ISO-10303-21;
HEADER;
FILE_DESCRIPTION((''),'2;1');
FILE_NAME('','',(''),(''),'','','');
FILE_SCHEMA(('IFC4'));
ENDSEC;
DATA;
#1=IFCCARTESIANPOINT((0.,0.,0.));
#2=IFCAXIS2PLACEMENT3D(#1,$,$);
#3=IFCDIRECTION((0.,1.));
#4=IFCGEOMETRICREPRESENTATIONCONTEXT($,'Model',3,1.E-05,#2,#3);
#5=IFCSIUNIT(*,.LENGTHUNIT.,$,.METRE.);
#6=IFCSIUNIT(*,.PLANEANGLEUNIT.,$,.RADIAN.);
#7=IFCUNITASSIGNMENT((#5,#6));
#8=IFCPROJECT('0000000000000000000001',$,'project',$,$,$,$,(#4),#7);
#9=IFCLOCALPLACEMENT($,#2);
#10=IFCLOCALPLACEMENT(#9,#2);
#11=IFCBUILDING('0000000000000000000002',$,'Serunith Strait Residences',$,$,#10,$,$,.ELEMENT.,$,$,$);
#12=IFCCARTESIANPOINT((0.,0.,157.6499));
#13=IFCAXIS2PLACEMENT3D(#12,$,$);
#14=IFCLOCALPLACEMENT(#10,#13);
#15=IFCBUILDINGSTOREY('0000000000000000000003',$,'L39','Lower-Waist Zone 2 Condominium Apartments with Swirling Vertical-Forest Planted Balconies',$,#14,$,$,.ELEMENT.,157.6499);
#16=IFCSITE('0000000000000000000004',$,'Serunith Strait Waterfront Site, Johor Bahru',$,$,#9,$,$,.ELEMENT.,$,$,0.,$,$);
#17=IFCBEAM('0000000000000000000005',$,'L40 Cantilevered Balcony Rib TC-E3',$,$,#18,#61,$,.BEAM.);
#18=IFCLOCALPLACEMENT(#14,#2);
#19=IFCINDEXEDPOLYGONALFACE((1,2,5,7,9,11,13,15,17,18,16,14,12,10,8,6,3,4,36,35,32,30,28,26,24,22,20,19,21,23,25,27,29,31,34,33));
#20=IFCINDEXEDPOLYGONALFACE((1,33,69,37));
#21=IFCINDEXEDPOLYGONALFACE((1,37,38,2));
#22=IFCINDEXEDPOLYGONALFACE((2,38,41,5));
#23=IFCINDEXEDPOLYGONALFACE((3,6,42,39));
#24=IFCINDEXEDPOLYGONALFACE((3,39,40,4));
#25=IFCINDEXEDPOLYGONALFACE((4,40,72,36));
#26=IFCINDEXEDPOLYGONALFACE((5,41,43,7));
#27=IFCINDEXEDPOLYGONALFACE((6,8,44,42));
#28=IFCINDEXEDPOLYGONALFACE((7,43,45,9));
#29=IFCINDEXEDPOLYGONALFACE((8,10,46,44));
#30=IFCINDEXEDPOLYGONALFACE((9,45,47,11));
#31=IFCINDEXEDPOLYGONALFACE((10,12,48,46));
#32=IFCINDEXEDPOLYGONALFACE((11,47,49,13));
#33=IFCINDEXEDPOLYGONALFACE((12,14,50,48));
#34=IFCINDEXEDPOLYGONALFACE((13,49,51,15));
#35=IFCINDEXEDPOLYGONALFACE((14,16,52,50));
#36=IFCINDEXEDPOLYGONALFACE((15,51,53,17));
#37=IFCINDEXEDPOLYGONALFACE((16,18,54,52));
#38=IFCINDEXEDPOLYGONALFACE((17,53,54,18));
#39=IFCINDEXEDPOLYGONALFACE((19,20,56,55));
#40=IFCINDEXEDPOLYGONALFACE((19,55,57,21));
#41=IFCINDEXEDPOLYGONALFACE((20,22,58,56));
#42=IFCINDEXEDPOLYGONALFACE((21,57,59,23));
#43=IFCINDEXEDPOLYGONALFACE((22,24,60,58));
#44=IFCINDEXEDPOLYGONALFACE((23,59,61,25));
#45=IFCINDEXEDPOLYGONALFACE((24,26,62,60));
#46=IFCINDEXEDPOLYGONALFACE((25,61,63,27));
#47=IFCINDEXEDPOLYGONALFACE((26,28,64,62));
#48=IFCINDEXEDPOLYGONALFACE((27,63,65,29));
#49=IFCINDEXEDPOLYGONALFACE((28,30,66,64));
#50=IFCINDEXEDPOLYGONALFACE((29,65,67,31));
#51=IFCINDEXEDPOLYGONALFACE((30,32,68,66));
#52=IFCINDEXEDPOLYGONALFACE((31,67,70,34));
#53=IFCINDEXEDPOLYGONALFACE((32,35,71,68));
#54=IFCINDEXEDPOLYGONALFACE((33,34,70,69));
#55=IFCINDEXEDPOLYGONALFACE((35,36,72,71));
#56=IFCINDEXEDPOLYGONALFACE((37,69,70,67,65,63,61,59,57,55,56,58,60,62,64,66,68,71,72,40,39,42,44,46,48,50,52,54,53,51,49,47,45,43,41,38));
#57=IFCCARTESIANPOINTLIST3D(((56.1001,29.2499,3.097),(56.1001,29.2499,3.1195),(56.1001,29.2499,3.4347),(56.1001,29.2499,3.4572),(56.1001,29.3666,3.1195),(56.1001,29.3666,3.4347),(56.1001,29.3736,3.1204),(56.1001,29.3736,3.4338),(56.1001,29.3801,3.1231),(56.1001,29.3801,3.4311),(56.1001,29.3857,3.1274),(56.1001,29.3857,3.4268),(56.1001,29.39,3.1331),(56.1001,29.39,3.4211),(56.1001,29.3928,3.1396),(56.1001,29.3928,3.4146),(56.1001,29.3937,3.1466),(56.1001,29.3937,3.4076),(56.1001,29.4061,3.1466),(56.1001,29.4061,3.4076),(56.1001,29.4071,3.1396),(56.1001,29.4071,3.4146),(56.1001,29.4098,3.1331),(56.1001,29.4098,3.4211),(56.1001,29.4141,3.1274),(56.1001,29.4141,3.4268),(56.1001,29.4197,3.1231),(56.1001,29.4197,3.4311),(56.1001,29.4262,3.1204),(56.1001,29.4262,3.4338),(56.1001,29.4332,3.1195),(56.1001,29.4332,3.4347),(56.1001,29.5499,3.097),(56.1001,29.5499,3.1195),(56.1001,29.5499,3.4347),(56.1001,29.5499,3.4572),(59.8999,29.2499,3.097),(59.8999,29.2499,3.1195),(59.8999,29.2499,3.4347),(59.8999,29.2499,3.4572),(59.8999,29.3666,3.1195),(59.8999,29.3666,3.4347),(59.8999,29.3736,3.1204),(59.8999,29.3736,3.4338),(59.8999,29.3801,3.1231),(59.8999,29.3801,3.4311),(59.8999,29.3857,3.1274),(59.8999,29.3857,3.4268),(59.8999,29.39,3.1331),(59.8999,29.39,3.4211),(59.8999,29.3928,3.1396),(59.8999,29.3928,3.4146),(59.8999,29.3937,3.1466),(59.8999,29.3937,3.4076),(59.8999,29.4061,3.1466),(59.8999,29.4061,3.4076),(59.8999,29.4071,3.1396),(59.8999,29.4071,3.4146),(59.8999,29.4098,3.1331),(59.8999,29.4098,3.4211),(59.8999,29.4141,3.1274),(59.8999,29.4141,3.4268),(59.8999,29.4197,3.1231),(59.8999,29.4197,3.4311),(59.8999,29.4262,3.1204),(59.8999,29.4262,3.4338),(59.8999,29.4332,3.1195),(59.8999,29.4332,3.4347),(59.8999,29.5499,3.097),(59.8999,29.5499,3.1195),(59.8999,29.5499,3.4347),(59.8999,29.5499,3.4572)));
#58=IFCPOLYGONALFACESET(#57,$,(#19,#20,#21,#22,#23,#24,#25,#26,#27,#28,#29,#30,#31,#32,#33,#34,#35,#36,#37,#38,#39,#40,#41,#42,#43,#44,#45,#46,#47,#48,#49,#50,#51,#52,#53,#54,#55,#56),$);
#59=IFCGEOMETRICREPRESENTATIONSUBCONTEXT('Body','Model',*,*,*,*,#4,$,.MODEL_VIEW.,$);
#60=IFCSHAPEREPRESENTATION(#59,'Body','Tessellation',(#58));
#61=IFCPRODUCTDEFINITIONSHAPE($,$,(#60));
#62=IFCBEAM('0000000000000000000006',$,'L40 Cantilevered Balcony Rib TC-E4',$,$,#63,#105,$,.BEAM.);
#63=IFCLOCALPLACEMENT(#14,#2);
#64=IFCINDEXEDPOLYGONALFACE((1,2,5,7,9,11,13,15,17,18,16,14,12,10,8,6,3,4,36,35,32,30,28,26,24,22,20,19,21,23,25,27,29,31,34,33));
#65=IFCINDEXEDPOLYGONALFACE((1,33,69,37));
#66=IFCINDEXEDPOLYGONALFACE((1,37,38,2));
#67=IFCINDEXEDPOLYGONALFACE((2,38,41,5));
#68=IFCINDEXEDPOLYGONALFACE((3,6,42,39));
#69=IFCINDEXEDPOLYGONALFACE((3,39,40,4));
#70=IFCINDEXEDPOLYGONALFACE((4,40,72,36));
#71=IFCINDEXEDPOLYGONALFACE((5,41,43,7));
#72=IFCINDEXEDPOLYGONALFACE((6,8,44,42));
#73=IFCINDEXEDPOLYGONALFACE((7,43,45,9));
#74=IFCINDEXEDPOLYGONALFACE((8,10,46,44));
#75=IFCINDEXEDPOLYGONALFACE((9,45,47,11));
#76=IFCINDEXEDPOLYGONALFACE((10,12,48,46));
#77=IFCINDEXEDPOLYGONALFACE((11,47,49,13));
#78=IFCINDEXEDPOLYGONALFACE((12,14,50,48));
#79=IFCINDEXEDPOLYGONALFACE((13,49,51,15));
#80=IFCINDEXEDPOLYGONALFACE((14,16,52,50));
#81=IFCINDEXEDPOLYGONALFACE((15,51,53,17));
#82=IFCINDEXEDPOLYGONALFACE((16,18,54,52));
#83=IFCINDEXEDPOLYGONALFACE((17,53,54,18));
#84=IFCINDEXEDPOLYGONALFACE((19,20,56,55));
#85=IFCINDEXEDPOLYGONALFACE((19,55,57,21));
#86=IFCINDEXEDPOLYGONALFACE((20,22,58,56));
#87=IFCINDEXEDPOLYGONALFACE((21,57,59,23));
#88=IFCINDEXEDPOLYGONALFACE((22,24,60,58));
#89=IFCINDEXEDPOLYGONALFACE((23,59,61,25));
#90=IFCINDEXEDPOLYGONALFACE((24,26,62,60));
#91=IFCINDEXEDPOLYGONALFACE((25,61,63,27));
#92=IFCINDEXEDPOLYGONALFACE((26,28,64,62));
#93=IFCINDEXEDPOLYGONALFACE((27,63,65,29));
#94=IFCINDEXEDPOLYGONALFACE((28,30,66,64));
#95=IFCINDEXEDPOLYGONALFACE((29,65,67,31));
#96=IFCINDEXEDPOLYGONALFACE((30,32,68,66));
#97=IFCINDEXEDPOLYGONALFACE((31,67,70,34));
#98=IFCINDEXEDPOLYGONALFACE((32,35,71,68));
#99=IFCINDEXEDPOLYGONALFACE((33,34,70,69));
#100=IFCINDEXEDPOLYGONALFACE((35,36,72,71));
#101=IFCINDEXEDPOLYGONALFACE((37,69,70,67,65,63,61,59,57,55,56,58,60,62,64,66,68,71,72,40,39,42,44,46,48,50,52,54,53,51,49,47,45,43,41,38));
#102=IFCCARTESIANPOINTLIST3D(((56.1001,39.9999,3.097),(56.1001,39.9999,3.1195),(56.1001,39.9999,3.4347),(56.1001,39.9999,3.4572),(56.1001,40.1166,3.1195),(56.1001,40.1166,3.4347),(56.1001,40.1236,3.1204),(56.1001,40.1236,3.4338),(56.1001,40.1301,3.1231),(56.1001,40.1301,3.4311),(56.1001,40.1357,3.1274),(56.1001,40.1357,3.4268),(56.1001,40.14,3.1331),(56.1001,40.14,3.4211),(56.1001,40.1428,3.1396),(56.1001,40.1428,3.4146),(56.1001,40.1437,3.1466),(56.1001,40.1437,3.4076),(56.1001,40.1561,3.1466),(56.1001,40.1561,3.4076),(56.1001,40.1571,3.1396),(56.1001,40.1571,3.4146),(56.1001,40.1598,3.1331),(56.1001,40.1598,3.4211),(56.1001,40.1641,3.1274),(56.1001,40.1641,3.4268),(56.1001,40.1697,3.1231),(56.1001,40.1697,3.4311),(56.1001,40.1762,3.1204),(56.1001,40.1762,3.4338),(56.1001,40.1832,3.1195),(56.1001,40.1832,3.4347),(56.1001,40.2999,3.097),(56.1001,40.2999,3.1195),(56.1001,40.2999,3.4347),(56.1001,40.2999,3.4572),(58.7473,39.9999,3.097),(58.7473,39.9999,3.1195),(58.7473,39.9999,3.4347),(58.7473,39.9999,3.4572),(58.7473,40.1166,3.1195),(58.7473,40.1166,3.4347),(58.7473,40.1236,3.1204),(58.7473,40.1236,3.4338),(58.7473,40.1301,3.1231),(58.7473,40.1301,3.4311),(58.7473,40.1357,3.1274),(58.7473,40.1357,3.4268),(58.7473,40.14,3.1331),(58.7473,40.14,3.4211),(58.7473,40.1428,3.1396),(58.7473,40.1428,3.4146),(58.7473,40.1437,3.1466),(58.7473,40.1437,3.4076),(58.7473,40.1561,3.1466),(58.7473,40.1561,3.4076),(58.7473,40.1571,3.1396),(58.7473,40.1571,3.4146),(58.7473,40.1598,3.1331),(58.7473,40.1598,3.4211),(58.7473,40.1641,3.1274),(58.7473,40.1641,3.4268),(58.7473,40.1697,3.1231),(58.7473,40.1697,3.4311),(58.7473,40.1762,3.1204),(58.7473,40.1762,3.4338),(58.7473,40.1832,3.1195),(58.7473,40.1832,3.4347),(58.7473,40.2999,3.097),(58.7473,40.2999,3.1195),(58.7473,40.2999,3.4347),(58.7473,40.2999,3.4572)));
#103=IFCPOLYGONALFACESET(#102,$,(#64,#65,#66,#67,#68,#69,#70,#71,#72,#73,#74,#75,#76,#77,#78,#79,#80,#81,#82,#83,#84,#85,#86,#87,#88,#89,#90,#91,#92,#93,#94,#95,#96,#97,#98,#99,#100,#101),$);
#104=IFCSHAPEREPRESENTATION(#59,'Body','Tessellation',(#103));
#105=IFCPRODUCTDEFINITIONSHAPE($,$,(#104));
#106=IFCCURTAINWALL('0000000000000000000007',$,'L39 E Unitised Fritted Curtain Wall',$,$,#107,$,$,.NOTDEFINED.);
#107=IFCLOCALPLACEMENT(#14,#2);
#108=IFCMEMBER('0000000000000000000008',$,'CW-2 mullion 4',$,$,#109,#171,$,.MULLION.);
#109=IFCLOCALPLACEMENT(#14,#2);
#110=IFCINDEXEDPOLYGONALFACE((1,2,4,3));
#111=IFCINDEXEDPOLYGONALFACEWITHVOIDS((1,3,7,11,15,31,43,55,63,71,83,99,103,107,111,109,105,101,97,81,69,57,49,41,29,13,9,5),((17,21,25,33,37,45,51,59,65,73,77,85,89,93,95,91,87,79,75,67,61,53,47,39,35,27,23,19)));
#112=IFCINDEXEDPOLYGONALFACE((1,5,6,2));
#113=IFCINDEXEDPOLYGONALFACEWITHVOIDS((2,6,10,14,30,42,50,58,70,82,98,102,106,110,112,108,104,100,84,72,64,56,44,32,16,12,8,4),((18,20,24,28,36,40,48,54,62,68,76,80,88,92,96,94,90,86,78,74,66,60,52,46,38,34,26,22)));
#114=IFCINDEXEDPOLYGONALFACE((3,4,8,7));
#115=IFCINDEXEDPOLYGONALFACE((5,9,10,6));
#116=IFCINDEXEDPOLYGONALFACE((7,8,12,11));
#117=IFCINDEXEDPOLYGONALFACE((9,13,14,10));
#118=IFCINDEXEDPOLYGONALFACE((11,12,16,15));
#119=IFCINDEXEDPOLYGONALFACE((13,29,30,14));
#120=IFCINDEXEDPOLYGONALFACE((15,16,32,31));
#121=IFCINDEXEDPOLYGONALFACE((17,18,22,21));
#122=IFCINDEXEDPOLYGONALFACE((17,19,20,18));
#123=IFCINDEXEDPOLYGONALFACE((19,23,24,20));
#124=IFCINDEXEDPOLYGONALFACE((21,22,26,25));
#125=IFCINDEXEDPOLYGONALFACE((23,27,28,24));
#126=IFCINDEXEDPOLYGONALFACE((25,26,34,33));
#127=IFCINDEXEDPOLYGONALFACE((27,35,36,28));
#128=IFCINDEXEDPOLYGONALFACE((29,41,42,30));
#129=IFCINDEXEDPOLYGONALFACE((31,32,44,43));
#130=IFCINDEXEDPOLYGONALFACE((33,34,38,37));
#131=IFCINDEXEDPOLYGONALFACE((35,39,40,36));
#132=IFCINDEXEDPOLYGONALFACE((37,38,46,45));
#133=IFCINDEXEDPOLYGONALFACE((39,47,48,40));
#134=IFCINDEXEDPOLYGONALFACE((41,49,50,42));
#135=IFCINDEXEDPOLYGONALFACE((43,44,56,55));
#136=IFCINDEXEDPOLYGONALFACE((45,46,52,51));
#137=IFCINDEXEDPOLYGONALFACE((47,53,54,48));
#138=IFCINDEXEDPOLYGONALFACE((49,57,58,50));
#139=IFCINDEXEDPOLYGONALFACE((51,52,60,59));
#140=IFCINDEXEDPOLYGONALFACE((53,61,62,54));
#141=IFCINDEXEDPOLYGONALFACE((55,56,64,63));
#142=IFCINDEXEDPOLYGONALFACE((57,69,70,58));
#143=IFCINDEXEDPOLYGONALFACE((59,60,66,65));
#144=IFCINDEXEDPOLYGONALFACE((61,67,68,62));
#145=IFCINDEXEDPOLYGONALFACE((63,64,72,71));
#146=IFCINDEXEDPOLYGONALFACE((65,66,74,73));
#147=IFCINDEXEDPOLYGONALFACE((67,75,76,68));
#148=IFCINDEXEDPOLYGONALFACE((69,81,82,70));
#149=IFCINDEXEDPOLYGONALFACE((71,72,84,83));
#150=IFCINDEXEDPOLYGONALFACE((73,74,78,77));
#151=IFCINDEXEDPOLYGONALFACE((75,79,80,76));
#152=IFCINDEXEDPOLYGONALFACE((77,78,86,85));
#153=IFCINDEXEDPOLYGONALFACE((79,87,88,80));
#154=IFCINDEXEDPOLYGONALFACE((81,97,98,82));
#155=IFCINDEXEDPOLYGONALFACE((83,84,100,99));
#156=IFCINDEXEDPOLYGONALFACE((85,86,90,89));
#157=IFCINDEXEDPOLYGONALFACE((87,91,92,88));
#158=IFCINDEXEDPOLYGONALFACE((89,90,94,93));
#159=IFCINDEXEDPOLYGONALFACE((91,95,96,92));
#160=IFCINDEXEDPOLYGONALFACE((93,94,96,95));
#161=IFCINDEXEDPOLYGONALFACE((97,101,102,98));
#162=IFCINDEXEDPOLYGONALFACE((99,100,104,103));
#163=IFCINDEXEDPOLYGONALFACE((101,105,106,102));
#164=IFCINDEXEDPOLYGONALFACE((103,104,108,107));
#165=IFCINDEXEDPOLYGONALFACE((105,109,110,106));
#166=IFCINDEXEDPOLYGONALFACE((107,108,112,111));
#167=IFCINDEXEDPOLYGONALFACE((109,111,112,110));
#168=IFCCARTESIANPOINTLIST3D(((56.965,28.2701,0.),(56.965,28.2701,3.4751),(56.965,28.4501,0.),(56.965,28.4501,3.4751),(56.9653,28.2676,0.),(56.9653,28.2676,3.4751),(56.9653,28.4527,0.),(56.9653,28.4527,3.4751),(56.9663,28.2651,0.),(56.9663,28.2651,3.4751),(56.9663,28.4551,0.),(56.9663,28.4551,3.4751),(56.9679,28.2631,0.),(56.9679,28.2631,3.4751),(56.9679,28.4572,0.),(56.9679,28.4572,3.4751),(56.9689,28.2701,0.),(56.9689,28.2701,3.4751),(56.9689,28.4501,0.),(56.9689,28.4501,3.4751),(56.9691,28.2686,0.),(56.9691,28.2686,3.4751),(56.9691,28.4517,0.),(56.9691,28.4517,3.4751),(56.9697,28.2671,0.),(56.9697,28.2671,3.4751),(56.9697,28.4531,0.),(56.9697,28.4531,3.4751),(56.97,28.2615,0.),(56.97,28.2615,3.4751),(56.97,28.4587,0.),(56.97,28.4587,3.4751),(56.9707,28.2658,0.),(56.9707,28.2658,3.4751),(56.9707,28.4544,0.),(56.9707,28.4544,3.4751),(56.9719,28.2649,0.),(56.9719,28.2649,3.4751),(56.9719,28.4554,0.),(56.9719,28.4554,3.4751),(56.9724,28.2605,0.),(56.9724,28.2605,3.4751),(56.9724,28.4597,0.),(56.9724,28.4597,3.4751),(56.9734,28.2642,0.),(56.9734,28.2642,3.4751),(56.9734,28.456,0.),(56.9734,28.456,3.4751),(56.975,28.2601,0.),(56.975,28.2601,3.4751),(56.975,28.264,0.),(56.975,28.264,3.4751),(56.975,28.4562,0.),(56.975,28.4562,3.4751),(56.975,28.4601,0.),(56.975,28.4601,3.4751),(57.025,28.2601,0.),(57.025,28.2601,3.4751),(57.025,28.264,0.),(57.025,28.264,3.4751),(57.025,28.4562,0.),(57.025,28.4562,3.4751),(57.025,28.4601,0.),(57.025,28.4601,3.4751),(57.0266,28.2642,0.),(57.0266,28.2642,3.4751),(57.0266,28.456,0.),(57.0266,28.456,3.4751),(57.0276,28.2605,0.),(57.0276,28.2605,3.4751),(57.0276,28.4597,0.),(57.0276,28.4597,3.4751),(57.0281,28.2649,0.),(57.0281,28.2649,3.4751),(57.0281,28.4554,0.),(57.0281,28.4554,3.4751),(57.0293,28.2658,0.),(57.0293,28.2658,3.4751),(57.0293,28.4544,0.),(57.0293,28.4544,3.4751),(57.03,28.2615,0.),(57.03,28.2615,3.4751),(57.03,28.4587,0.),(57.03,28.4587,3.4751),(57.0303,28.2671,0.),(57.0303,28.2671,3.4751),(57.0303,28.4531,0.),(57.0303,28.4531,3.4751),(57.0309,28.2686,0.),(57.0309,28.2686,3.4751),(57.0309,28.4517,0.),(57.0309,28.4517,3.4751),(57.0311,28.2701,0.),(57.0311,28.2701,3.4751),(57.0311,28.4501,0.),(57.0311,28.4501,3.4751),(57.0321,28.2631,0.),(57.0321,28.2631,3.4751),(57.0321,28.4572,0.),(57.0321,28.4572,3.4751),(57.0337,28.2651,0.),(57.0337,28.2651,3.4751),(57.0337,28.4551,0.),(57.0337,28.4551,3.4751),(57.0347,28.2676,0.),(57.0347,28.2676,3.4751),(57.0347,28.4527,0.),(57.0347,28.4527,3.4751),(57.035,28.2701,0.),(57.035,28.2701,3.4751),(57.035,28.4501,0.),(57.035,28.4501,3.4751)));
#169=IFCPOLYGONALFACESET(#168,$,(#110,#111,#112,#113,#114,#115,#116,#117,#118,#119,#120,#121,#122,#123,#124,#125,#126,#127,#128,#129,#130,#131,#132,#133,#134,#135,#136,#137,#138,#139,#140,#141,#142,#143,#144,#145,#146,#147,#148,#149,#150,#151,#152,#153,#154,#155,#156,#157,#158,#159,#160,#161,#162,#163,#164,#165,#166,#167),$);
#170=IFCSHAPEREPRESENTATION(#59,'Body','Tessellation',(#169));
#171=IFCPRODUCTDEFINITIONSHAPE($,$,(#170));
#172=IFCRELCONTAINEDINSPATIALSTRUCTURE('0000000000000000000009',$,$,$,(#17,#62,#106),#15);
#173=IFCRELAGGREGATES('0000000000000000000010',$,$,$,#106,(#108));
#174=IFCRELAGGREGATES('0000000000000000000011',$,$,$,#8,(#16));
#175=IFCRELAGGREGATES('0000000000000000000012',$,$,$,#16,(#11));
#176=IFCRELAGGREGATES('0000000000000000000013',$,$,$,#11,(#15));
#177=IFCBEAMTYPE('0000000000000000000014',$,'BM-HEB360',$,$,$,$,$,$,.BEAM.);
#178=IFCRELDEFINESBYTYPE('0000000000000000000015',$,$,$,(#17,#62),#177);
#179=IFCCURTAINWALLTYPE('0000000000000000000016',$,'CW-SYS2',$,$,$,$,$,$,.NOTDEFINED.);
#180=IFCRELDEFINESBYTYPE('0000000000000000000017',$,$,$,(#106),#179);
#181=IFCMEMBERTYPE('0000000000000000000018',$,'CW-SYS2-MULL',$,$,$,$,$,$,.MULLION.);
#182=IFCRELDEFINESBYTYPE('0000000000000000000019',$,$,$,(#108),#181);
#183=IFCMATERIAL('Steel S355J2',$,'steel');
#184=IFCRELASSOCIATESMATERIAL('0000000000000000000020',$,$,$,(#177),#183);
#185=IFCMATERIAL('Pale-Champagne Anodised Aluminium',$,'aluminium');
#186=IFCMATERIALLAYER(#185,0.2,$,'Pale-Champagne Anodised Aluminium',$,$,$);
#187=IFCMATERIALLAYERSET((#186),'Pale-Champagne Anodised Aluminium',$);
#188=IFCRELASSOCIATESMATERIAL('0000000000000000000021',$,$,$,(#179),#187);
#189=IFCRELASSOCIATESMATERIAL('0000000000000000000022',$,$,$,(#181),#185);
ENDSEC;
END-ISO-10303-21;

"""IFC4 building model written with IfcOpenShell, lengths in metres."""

from ifc_helpers import new_model, si_unit, direction, frame, origin, origin_2d, place, context, subcontext, project, spatial, hollow_rectangle, i_section, extrude, source, transform, mapped, material, layer, layer_set, material_profile, profile_set, type_object, element, aggregate, save


model = new_model("IFC4")

# Units and contexts
model_context = context("Model", 3, precision=1e-05, world=origin(), true_north=direction((0.0, 1.0)))
body_context = subcontext(model_context, "Body", "Model", "MODEL_VIEW")
ifc_project = project(units=[si_unit("LENGTHUNIT", "METRE"), si_unit("PLANEANGLEUNIT", "RADIAN")], contexts=[model_context])

# Site, building, storey
site_placement = place(None, origin())
site = spatial("IfcSite", under=ifc_project, at=site_placement, Name="Serunith Strait Waterfront Site, Johor Bahru", CompositionType="ELEMENT", RefElevation=0.0)
building_placement = place(site_placement, origin())
building = spatial("IfcBuilding", under=site, at=building_placement, Name="Serunith Strait Residences", CompositionType="ELEMENT")
storey_placement = place(building_placement, frame((0.0, 0.0, 157.6499)))
storey = spatial("IfcBuildingStorey", under=building, at=storey_placement, Name="L39", Description="Lower-Waist Zone 2 Condominium Apartments with Swirling Vertical-Forest Planted Balconies", CompositionType="ELEMENT", Elevation=157.6499)

# Beams
ifc_material_1 = material(Name="Steel S355J2", Category="steel")
ifc_material_profile_1 = material_profile(ifc_material_1, i_section(OverallWidth=0.3, OverallDepth=0.3601, WebThickness=0.0125, FlangeThickness=0.0225, FilletRadius=0.0271, at=origin_2d()), Name="HEB 360")
ifc_profile_set_1 = profile_set([ifc_material_profile_1], Name="Steel S355J2")
beam_type_1 = type_object("IfcBeamType", Name="BM-HEB360", PredefinedType="BEAM", material=ifc_profile_set_1)
shared_shape_1 = source(origin(), body_context, "Body", "SweptSolid", [
    extrude(i_section(OverallWidth=0.3, OverallDepth=0.3601, WebThickness=0.0125, FlangeThickness=0.0225, FilletRadius=0.0271, at=origin_2d()), origin(), (0.0, 0.0, 1.0), 3.7998),
])
beam_1_placement = place(storey_placement, frame((56.1001, 29.3999, 3.2771), z_axis=(1.0, 0.0, 0.0), x_axis=(0.0, 1.0, 0.0)))
element("IfcBeam", 1, at=beam_1_placement, inside=storey, type_object=beam_type_1, Name="L40 Cantilevered Balcony Rib TC-E3", PredefinedType="BEAM", context=body_context, shape_type="MappedRepresentation", body=[
    mapped(shared_shape_1, transform((0.0, 0.0, 0.0), scale=1.0)),
])
shared_shape_2 = source(origin(), body_context, "Body", "SweptSolid", [
    extrude(i_section(OverallWidth=0.3, OverallDepth=0.3601, WebThickness=0.0125, FlangeThickness=0.0225, FilletRadius=0.0271, at=origin_2d()), origin(), (0.0, 0.0, 1.0), 2.6472),
])
beam_2_placement = place(storey_placement, frame((56.1001, 40.1499, 3.2771), z_axis=(1.0, 0.0, 0.0), x_axis=(0.0, 1.0, 0.0)))
element("IfcBeam", 2, at=beam_2_placement, inside=storey, type_object=beam_type_1, Name="L40 Cantilevered Balcony Rib TC-E4", PredefinedType="BEAM", context=body_context, shape_type="MappedRepresentation", body=[
    mapped(shared_shape_2, transform((0.0, 0.0, 0.0), scale=1.0)),
])

# Curtain wall, member
ifc_material_2 = material(Name="Pale-Champagne Anodised Aluminium", Category="aluminium")
ifc_layer_1 = layer(ifc_material_2, 0.2, Name="Pale-Champagne Anodised Aluminium")
ifc_layer_set_1 = layer_set([ifc_layer_1], Name="Pale-Champagne Anodised Aluminium")
curtain_wall_type = type_object("IfcCurtainWallType", Name="CW-SYS2", PredefinedType="NOTDEFINED", material=ifc_layer_set_1)
curtain_wall_placement = place(storey_placement, origin())
curtain_wall = element("IfcCurtainWall", 3, at=curtain_wall_placement, inside=storey, type_object=curtain_wall_type, Name="L39 E Unitised Fritted Curtain Wall", PredefinedType="NOTDEFINED")
ifc_material_profile_2 = material_profile(ifc_material_2, hollow_rectangle(XDim=0.0701, YDim=0.2, WallThickness=0.0039, InnerFilletRadius=0.0061, OuterFilletRadius=0.01, at=origin_2d()), Name="ALU 200x70x4")
ifc_profile_set_2 = profile_set([ifc_material_profile_2], Name="Pale-Champagne Anodised Aluminium")
member_type_1 = type_object("IfcMemberType", Name="CW-SYS2-MULL", PredefinedType="MULLION", material=ifc_profile_set_2)
shared_shape_3 = source(origin(), body_context, "Body", "SweptSolid", [
    extrude(hollow_rectangle(XDim=0.0701, YDim=0.2, WallThickness=0.0039, InnerFilletRadius=0.0061, OuterFilletRadius=0.01, at=origin_2d()), origin(), (0.0, 0.0, 1.0), 3.4751),
])
member_1_placement = place(storey_placement, frame((57.0, 28.3601, 0.0), z_axis=(0.0, 0.0, 1.0), x_axis=(-1.0, 0.0, 0.0)))
member_1 = element("IfcMember", 4, at=member_1_placement, type_object=member_type_1, Name="CW-2 mullion 4", PredefinedType="MULLION", context=body_context, shape_type="MappedRepresentation", body=[
    mapped(shared_shape_3, transform((0.0, 0.0, 0.0), scale=1.0)),
])
aggregate(curtain_wall, [member_1])

save(model, "model.ifc")
